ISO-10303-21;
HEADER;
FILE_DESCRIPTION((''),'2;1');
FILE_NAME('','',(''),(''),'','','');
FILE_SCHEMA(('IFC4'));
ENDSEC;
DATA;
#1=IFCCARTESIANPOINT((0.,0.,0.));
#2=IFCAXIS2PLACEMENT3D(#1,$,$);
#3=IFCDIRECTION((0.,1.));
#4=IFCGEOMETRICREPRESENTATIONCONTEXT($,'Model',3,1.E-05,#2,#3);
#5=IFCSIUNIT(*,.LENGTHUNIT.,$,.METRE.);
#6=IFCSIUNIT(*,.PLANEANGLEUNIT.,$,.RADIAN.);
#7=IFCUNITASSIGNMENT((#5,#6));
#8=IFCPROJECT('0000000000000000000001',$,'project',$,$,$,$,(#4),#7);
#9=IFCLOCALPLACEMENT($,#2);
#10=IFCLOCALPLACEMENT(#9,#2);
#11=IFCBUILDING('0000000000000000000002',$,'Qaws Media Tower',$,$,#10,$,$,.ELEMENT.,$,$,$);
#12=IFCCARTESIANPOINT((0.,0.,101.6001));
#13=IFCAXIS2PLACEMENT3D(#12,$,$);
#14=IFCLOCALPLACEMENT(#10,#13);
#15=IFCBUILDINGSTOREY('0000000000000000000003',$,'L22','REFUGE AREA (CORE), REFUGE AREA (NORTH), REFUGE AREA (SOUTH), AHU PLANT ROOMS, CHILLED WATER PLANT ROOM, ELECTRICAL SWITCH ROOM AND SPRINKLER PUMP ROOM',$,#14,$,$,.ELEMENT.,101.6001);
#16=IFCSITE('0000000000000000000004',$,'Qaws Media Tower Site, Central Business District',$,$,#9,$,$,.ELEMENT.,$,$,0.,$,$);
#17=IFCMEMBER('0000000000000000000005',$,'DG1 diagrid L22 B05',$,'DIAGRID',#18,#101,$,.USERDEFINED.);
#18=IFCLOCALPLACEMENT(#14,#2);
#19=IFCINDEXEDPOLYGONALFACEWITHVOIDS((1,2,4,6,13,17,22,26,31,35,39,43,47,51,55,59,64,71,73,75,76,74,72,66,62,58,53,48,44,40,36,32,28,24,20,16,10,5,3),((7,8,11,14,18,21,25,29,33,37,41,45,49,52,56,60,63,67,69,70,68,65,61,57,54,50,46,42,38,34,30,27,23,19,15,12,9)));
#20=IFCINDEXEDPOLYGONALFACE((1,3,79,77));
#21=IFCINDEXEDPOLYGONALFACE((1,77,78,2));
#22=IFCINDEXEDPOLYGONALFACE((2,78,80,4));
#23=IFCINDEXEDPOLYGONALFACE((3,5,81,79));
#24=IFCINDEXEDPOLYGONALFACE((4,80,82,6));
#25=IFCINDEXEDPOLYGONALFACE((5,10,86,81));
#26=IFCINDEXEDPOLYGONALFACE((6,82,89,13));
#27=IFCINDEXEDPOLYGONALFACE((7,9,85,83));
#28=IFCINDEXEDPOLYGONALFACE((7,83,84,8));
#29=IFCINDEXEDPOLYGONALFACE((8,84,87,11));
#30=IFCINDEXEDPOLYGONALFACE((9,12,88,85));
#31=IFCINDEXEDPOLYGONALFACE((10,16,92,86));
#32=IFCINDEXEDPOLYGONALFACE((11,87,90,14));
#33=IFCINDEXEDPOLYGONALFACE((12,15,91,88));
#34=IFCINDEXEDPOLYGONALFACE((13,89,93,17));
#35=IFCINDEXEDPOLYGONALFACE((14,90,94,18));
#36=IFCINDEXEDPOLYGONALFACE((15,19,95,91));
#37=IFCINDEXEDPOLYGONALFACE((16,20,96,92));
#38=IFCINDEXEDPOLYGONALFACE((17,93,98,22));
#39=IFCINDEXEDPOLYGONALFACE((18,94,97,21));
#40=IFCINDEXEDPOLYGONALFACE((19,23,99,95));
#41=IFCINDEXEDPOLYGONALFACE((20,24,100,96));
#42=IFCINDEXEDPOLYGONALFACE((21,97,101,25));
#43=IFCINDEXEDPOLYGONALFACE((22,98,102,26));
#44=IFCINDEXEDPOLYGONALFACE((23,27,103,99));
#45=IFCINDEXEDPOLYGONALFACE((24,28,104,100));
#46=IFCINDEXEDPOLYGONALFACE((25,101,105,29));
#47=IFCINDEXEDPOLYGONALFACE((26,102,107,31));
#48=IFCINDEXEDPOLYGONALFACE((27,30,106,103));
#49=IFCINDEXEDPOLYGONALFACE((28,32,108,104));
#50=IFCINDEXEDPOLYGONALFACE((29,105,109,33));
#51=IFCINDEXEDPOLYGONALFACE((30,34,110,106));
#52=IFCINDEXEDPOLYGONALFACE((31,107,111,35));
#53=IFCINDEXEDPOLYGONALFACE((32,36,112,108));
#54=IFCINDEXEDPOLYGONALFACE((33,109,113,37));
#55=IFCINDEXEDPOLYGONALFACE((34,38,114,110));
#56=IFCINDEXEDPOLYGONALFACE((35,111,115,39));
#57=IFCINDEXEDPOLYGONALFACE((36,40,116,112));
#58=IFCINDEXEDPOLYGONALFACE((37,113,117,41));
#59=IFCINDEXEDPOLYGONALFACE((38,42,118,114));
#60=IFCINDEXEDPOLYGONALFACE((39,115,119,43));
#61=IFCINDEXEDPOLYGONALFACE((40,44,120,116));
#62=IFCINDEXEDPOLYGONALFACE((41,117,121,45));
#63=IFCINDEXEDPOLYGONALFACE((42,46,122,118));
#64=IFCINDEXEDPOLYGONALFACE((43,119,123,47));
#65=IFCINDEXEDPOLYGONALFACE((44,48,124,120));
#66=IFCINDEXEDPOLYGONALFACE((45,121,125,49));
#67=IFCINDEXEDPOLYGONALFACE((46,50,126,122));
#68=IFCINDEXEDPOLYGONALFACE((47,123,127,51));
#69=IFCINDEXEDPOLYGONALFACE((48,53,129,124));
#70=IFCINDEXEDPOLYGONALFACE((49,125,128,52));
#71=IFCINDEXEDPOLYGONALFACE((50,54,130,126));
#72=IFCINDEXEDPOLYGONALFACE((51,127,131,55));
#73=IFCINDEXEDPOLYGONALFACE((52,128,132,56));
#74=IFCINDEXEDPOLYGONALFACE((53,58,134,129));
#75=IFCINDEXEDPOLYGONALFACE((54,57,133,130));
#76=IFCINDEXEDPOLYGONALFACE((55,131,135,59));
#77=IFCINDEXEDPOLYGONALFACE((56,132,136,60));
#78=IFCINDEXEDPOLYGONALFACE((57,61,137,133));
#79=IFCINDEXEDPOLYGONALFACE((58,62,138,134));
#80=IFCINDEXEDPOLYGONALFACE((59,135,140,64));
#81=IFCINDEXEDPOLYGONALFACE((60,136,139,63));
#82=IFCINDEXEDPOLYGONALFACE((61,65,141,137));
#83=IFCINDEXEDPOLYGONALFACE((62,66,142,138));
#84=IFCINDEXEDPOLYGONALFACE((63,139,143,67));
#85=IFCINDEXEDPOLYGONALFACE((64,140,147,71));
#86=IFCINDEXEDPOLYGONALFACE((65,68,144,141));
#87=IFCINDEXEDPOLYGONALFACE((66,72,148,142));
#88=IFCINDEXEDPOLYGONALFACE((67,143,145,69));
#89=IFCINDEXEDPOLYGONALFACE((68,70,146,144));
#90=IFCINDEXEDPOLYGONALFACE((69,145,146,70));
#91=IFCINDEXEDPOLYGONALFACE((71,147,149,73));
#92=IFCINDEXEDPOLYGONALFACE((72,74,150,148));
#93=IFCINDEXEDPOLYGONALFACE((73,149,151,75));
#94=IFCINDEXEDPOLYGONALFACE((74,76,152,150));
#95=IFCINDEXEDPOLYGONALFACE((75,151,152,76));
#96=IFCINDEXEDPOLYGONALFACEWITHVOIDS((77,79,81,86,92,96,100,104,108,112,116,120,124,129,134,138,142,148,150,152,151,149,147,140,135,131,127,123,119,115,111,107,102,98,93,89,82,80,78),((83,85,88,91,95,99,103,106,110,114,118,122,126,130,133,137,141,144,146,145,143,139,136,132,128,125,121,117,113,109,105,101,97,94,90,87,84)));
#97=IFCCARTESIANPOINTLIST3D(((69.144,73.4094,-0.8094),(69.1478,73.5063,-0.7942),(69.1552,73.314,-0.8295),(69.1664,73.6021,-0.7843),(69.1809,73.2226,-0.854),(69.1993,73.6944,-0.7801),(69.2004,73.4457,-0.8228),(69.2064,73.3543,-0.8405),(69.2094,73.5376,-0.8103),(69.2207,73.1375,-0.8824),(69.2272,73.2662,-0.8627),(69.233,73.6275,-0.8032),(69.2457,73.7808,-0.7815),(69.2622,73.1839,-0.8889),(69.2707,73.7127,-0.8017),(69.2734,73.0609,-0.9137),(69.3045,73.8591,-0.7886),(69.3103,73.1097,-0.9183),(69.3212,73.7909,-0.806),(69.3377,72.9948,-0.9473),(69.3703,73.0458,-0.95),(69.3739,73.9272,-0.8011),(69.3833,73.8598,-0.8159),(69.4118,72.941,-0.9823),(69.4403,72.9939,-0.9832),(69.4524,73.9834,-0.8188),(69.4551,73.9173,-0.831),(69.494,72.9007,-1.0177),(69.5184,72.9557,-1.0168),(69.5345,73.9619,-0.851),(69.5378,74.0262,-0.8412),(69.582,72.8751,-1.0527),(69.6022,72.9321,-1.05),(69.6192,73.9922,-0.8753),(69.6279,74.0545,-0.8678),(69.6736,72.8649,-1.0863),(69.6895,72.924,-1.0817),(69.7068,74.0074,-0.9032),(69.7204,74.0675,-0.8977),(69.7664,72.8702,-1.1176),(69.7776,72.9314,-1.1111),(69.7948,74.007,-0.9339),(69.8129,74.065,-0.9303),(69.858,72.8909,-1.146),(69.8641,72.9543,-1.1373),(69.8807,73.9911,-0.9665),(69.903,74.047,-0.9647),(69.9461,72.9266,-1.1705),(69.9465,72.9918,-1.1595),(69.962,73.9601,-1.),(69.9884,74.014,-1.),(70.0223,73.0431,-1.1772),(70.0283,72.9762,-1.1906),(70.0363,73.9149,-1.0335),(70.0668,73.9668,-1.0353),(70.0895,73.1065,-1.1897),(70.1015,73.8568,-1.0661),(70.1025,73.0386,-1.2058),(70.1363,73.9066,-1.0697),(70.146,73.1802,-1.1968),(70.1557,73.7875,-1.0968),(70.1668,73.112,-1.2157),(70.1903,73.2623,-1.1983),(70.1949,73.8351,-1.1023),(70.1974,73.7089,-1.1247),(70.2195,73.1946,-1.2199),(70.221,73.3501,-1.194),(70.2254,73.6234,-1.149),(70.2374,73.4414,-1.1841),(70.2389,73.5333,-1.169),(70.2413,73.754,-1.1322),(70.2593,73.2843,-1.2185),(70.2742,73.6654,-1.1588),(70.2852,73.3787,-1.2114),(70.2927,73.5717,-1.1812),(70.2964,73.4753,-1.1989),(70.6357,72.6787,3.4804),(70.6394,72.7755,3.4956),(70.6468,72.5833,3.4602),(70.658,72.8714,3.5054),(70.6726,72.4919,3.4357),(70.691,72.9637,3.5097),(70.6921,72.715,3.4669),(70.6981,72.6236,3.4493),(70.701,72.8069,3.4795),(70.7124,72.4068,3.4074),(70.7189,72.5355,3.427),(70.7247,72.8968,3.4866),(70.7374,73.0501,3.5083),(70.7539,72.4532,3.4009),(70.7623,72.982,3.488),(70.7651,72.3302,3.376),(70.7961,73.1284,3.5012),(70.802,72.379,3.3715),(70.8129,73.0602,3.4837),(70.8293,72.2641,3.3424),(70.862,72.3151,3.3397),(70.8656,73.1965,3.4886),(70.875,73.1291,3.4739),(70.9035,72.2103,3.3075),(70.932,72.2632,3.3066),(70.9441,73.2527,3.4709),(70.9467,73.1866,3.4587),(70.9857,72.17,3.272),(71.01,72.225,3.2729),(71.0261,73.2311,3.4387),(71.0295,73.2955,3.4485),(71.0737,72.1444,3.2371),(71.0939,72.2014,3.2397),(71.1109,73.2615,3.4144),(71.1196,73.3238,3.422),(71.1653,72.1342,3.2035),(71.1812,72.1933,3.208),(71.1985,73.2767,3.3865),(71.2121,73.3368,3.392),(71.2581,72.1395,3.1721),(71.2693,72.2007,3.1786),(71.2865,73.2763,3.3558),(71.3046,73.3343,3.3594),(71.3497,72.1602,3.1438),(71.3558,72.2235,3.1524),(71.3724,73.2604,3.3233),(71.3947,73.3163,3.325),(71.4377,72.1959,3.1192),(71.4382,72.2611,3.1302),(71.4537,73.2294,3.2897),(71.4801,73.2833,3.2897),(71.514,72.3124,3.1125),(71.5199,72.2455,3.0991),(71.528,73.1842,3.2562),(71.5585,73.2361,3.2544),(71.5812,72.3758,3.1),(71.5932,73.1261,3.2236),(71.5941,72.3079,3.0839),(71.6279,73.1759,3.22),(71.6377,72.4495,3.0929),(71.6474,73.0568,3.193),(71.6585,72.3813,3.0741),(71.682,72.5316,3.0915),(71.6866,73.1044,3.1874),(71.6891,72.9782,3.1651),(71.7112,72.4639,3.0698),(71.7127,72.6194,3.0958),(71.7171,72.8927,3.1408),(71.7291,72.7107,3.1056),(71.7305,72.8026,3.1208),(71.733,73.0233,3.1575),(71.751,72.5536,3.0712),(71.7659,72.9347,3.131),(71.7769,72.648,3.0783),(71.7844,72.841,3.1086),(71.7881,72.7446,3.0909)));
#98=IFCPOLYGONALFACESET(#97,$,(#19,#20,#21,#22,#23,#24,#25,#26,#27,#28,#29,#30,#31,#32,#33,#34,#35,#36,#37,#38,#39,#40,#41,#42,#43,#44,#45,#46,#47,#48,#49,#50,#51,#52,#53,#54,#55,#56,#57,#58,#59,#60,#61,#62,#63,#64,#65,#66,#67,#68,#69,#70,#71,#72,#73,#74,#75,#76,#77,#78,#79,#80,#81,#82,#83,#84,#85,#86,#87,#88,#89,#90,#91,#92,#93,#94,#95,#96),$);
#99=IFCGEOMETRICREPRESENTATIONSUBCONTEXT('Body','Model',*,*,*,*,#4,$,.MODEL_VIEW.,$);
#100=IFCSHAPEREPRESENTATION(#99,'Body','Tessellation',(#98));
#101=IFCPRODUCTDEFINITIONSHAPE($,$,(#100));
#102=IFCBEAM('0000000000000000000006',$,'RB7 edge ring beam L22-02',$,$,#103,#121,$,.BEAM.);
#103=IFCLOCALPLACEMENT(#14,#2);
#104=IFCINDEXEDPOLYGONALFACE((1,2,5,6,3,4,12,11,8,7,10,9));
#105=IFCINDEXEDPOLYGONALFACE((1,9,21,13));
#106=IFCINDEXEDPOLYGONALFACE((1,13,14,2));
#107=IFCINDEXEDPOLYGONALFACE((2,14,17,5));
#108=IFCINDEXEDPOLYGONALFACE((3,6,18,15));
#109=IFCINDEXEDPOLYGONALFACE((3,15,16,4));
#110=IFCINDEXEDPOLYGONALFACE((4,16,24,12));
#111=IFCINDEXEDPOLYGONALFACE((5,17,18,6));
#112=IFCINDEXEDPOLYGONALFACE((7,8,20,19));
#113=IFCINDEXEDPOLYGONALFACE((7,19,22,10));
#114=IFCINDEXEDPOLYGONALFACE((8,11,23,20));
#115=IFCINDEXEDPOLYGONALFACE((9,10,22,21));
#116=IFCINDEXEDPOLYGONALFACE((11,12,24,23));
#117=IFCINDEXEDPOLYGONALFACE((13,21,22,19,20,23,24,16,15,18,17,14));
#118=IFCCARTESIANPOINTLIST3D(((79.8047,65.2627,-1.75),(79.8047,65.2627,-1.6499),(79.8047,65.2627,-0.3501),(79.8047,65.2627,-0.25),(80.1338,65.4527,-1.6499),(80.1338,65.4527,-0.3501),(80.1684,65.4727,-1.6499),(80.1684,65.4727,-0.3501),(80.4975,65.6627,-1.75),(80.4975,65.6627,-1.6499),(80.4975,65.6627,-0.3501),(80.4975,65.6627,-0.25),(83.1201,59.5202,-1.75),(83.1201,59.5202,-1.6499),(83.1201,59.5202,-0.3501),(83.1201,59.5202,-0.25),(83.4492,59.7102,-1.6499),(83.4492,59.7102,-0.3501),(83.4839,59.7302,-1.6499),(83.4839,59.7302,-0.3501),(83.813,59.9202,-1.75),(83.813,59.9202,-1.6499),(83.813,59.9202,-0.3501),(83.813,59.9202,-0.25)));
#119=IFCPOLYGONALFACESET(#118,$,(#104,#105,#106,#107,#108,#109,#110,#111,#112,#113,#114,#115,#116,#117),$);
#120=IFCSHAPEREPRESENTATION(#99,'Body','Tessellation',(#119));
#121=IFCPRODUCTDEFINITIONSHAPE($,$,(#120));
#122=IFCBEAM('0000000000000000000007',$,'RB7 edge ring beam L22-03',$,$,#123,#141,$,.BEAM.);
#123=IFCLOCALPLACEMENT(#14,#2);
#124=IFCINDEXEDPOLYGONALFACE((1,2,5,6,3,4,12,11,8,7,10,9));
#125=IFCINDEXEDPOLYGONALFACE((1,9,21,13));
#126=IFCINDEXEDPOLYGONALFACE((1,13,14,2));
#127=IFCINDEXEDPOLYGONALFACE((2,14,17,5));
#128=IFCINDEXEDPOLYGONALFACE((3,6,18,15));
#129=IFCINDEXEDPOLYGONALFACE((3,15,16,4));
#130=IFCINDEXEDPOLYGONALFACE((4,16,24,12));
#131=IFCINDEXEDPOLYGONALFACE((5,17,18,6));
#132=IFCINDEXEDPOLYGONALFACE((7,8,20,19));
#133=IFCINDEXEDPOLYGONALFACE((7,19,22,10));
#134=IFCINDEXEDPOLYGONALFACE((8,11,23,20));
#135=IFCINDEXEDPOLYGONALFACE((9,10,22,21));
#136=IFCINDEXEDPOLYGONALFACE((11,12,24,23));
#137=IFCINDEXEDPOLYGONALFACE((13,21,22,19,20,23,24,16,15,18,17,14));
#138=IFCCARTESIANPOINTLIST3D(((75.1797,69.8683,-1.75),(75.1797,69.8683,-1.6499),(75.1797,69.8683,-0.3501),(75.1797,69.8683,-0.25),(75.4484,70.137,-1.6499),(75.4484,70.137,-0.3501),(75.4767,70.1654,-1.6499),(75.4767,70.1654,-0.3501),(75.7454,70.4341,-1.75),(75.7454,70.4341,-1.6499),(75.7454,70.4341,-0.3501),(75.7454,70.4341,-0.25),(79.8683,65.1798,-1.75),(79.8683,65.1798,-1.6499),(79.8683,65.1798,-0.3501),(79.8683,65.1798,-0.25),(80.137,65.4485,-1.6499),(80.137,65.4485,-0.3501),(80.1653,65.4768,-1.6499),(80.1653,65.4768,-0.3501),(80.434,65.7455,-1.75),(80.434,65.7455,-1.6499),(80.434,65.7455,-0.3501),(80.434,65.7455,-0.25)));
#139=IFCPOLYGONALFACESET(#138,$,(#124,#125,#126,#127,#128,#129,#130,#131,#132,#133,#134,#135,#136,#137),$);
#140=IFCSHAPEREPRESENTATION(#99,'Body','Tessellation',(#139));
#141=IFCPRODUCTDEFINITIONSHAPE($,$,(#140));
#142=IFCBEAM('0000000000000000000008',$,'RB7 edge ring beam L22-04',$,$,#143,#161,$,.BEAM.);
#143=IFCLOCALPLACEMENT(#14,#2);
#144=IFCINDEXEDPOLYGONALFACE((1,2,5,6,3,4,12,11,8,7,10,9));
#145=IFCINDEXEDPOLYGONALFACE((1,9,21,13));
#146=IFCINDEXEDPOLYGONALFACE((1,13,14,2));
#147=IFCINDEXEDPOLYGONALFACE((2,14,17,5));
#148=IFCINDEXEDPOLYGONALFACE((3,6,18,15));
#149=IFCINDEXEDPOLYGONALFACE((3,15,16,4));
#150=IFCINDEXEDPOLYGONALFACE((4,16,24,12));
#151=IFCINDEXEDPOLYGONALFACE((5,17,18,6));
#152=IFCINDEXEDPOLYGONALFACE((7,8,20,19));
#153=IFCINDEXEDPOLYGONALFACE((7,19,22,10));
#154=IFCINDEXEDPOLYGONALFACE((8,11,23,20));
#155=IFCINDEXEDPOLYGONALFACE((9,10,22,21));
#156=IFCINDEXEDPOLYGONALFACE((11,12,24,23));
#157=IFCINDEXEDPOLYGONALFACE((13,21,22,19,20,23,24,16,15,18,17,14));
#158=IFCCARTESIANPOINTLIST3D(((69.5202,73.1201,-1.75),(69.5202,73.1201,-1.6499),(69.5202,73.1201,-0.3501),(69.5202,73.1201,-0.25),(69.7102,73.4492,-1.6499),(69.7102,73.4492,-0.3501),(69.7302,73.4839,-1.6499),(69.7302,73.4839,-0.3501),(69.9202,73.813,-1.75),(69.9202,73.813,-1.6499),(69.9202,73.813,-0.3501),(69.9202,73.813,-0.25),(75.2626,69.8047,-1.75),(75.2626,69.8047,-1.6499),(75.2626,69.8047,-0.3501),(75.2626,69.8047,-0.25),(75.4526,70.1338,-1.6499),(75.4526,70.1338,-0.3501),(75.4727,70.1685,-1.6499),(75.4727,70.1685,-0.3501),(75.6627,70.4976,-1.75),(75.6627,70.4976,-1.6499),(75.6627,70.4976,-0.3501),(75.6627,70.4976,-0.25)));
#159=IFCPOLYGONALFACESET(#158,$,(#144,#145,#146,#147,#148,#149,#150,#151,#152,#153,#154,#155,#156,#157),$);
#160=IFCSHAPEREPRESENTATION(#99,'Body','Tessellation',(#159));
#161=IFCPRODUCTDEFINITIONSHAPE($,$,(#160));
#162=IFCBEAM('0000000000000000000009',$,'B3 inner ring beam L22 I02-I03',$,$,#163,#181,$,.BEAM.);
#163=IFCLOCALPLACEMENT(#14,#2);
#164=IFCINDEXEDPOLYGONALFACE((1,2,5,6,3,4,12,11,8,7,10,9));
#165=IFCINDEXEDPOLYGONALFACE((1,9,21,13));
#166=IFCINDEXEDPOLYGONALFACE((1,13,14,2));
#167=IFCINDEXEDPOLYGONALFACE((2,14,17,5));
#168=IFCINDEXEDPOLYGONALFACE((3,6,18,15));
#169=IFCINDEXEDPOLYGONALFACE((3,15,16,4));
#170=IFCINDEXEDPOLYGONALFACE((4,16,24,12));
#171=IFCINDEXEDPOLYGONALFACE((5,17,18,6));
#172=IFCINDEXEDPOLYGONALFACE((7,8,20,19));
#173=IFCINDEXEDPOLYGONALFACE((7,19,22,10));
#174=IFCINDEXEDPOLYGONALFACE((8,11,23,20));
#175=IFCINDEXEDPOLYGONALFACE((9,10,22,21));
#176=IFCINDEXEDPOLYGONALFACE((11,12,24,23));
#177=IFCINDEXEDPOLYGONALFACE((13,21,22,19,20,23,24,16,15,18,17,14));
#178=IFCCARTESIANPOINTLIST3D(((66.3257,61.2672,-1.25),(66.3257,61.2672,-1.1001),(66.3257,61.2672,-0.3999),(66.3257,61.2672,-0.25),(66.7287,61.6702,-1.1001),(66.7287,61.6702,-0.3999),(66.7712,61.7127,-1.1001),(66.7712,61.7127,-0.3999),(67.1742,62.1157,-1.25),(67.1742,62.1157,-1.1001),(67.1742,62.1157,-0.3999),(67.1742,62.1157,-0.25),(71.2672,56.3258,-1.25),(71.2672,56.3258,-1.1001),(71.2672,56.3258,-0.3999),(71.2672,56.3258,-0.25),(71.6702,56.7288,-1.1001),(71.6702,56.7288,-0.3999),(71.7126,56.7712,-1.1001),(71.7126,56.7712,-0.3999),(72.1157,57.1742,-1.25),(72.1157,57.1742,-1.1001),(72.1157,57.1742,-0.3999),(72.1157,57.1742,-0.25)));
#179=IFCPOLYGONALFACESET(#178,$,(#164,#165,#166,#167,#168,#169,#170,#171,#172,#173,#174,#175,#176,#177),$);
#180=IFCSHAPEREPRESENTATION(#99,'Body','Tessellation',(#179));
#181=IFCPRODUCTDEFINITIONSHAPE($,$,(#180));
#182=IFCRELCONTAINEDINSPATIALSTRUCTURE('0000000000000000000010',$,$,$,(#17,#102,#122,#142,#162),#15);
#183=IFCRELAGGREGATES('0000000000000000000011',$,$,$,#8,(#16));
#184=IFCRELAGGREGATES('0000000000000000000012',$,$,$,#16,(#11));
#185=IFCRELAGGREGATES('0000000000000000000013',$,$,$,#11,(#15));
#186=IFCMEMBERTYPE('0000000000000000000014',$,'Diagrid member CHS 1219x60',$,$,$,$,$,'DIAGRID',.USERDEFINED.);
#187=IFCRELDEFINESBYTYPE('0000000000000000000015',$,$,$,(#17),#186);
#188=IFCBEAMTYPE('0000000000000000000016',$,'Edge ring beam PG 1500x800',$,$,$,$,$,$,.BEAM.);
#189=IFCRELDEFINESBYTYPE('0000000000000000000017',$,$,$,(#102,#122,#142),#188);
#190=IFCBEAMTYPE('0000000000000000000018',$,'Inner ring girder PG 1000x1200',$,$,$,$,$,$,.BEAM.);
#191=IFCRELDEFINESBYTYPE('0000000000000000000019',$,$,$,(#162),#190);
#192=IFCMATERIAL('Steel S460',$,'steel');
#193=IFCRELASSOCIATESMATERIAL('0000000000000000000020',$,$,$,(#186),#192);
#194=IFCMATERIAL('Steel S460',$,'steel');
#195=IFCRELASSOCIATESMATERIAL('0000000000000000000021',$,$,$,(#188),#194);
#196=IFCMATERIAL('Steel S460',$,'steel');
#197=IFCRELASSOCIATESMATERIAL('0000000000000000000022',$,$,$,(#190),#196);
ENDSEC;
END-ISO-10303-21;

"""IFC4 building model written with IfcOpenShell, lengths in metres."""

from ifc_helpers import new_model, si_unit, direction, frame, origin, origin_2d, place, context, subcontext, project, spatial, hollow_circle, i_section, extrude, material, material_profile, profile_set, type_object, element, save


model = new_model("IFC4")

# Units and contexts
model_context = context("Model", 3, precision=1e-05, world=origin(), true_north=direction((0.0, 1.0)))
body_context = subcontext(model_context, "Body", "Model", "MODEL_VIEW")
ifc_project = project(units=[si_unit("LENGTHUNIT", "METRE"), si_unit("PLANEANGLEUNIT", "RADIAN")], contexts=[model_context])

# Site, building, storey
site_placement = place(None, origin())
site = spatial("IfcSite", under=ifc_project, at=site_placement, Name="Qaws Media Tower Site, Central Business District", CompositionType="ELEMENT", RefElevation=0.0)
building_placement = place(site_placement, origin())
building = spatial("IfcBuilding", under=site, at=building_placement, Name="Qaws Media Tower", CompositionType="ELEMENT")
storey_placement = place(building_placement, frame((0.0, 0.0, 101.6001)))
storey = spatial("IfcBuildingStorey", under=building, at=storey_placement, Name="L22", Description="REFUGE AREA (CORE), REFUGE AREA (NORTH), REFUGE AREA (SOUTH), AHU PLANT ROOMS, CHILLED WATER PLANT ROOM, ELECTRICAL SWITCH ROOM AND SPRINKLER PUMP ROOM", CompositionType="ELEMENT", Elevation=101.6001)

# Member
ifc_material_1 = material(Name="Steel S460", Category="steel")
ifc_material_profile_1 = material_profile(ifc_material_1, hollow_circle(Radius=0.6096, WallThickness=0.0601, at=origin_2d()), Name="CHS 1219x60")
ifc_profile_set_1 = profile_set([ifc_material_profile_1], Name="Steel S460")
member_type_1 = type_object("IfcMemberType", Name="Diagrid member CHS 1219x60", ElementType="DIAGRID", PredefinedType="USERDEFINED", material=ifc_profile_set_1)
member_1_placement = place(storey_placement, frame((69.7202, 73.4666, -1.0), z_axis=(0.324271, -0.158845, 0.932532), x_axis=(0.439909, 0.898043, 0.0)))
element("IfcMember", 1, at=member_1_placement, inside=storey, type_object=member_type_1, Name="DG1 diagrid L22 B05", ObjectType="DIAGRID", PredefinedType="USERDEFINED", context=body_context, shape_type="SweptSolid", body=[
    extrude(hollow_circle(Radius=0.6096, WallThickness=0.0601, at=origin_2d()), origin(), (0.0, 0.0, 1.0), 4.6001),
])

# Beams
ifc_material_2 = material(Name="Steel S460", Category="steel")
ifc_material_profile_2 = material_profile(ifc_material_2, i_section(OverallWidth=0.8, OverallDepth=1.5, WebThickness=0.04, FlangeThickness=0.1001, at=origin_2d()), Name="PG 1500x800")
ifc_profile_set_2 = profile_set([ifc_material_profile_2], Name="Steel S460")
beam_type_1 = type_object("IfcBeamType", Name="Edge ring beam PG 1500x800", PredefinedType="BEAM", material=ifc_profile_set_2)
beam_1_placement = place(storey_placement, frame((83.4666, 59.7202, -1.0), z_axis=(-0.500004, 0.866023, 0.0), x_axis=(-0.866023, -0.500004, 0.0)))
element("IfcBeam", 2, at=beam_1_placement, inside=storey, type_object=beam_type_1, Name="RB7 edge ring beam L22-02", PredefinedType="BEAM", context=body_context, shape_type="SweptSolid", body=[
    extrude(i_section(OverallWidth=0.8, OverallDepth=1.5, WebThickness=0.04, FlangeThickness=0.1001, at=origin_2d()), origin(), (0.0, 0.0, 1.0), 6.6309),
])
beam_2_placement = place(storey_placement, frame((80.1511, 65.4626, -1.0), z_axis=(-0.707107, 0.707107, 0.0), x_axis=(-0.707107, -0.707107, 0.0)))
element("IfcBeam", 3, at=beam_2_placement, inside=storey, type_object=beam_type_1, Name="RB7 edge ring beam L22-03", PredefinedType="BEAM", context=body_context, shape_type="SweptSolid", body=[
    extrude(i_section(OverallWidth=0.8, OverallDepth=1.5, WebThickness=0.04, FlangeThickness=0.1001, at=origin_2d()), origin(), (0.0, 0.0, 1.0), 6.6306),
])
beam_3_placement = place(storey_placement, frame((75.4626, 70.1511, -1.0), z_axis=(-0.866023, 0.500004, 0.0), x_axis=(-0.500004, -0.866023, 0.0)))
element("IfcBeam", 4, at=beam_3_placement, inside=storey, type_object=beam_type_1, Name="RB7 edge ring beam L22-04", PredefinedType="BEAM", context=body_context, shape_type="SweptSolid", body=[
    extrude(i_section(OverallWidth=0.8, OverallDepth=1.5, WebThickness=0.04, FlangeThickness=0.1001, at=origin_2d()), origin(), (0.0, 0.0, 1.0), 6.6309),
])
ifc_material_3 = material(Name="Steel S460", Category="steel")
ifc_material_profile_3 = material_profile(ifc_material_3, i_section(OverallWidth=1.2, OverallDepth=1.0, WebThickness=0.0601, FlangeThickness=0.1499, at=origin_2d()), Name="PG 1000x1200")
ifc_profile_set_3 = profile_set([ifc_material_profile_3], Name="Steel S460")
beam_type_2 = type_object("IfcBeamType", Name="Inner ring girder PG 1000x1200", PredefinedType="BEAM", material=ifc_profile_set_3)
beam_4_placement = place(storey_placement, frame((71.6914, 56.75, -0.75), z_axis=(-0.707107, 0.707107, 0.0), x_axis=(-0.707107, -0.707107, 0.0)))
element("IfcBeam", 5, at=beam_4_placement, inside=storey, type_object=beam_type_2, Name="B3 inner ring beam L22 I02-I03", PredefinedType="BEAM", context=body_context, shape_type="SweptSolid", body=[
    extrude(i_section(OverallWidth=1.2, OverallDepth=1.0, WebThickness=0.0601, FlangeThickness=0.1499, at=origin_2d()), origin(), (0.0, 0.0, 1.0), 6.9883),
])

save(model, "model.ifc")
